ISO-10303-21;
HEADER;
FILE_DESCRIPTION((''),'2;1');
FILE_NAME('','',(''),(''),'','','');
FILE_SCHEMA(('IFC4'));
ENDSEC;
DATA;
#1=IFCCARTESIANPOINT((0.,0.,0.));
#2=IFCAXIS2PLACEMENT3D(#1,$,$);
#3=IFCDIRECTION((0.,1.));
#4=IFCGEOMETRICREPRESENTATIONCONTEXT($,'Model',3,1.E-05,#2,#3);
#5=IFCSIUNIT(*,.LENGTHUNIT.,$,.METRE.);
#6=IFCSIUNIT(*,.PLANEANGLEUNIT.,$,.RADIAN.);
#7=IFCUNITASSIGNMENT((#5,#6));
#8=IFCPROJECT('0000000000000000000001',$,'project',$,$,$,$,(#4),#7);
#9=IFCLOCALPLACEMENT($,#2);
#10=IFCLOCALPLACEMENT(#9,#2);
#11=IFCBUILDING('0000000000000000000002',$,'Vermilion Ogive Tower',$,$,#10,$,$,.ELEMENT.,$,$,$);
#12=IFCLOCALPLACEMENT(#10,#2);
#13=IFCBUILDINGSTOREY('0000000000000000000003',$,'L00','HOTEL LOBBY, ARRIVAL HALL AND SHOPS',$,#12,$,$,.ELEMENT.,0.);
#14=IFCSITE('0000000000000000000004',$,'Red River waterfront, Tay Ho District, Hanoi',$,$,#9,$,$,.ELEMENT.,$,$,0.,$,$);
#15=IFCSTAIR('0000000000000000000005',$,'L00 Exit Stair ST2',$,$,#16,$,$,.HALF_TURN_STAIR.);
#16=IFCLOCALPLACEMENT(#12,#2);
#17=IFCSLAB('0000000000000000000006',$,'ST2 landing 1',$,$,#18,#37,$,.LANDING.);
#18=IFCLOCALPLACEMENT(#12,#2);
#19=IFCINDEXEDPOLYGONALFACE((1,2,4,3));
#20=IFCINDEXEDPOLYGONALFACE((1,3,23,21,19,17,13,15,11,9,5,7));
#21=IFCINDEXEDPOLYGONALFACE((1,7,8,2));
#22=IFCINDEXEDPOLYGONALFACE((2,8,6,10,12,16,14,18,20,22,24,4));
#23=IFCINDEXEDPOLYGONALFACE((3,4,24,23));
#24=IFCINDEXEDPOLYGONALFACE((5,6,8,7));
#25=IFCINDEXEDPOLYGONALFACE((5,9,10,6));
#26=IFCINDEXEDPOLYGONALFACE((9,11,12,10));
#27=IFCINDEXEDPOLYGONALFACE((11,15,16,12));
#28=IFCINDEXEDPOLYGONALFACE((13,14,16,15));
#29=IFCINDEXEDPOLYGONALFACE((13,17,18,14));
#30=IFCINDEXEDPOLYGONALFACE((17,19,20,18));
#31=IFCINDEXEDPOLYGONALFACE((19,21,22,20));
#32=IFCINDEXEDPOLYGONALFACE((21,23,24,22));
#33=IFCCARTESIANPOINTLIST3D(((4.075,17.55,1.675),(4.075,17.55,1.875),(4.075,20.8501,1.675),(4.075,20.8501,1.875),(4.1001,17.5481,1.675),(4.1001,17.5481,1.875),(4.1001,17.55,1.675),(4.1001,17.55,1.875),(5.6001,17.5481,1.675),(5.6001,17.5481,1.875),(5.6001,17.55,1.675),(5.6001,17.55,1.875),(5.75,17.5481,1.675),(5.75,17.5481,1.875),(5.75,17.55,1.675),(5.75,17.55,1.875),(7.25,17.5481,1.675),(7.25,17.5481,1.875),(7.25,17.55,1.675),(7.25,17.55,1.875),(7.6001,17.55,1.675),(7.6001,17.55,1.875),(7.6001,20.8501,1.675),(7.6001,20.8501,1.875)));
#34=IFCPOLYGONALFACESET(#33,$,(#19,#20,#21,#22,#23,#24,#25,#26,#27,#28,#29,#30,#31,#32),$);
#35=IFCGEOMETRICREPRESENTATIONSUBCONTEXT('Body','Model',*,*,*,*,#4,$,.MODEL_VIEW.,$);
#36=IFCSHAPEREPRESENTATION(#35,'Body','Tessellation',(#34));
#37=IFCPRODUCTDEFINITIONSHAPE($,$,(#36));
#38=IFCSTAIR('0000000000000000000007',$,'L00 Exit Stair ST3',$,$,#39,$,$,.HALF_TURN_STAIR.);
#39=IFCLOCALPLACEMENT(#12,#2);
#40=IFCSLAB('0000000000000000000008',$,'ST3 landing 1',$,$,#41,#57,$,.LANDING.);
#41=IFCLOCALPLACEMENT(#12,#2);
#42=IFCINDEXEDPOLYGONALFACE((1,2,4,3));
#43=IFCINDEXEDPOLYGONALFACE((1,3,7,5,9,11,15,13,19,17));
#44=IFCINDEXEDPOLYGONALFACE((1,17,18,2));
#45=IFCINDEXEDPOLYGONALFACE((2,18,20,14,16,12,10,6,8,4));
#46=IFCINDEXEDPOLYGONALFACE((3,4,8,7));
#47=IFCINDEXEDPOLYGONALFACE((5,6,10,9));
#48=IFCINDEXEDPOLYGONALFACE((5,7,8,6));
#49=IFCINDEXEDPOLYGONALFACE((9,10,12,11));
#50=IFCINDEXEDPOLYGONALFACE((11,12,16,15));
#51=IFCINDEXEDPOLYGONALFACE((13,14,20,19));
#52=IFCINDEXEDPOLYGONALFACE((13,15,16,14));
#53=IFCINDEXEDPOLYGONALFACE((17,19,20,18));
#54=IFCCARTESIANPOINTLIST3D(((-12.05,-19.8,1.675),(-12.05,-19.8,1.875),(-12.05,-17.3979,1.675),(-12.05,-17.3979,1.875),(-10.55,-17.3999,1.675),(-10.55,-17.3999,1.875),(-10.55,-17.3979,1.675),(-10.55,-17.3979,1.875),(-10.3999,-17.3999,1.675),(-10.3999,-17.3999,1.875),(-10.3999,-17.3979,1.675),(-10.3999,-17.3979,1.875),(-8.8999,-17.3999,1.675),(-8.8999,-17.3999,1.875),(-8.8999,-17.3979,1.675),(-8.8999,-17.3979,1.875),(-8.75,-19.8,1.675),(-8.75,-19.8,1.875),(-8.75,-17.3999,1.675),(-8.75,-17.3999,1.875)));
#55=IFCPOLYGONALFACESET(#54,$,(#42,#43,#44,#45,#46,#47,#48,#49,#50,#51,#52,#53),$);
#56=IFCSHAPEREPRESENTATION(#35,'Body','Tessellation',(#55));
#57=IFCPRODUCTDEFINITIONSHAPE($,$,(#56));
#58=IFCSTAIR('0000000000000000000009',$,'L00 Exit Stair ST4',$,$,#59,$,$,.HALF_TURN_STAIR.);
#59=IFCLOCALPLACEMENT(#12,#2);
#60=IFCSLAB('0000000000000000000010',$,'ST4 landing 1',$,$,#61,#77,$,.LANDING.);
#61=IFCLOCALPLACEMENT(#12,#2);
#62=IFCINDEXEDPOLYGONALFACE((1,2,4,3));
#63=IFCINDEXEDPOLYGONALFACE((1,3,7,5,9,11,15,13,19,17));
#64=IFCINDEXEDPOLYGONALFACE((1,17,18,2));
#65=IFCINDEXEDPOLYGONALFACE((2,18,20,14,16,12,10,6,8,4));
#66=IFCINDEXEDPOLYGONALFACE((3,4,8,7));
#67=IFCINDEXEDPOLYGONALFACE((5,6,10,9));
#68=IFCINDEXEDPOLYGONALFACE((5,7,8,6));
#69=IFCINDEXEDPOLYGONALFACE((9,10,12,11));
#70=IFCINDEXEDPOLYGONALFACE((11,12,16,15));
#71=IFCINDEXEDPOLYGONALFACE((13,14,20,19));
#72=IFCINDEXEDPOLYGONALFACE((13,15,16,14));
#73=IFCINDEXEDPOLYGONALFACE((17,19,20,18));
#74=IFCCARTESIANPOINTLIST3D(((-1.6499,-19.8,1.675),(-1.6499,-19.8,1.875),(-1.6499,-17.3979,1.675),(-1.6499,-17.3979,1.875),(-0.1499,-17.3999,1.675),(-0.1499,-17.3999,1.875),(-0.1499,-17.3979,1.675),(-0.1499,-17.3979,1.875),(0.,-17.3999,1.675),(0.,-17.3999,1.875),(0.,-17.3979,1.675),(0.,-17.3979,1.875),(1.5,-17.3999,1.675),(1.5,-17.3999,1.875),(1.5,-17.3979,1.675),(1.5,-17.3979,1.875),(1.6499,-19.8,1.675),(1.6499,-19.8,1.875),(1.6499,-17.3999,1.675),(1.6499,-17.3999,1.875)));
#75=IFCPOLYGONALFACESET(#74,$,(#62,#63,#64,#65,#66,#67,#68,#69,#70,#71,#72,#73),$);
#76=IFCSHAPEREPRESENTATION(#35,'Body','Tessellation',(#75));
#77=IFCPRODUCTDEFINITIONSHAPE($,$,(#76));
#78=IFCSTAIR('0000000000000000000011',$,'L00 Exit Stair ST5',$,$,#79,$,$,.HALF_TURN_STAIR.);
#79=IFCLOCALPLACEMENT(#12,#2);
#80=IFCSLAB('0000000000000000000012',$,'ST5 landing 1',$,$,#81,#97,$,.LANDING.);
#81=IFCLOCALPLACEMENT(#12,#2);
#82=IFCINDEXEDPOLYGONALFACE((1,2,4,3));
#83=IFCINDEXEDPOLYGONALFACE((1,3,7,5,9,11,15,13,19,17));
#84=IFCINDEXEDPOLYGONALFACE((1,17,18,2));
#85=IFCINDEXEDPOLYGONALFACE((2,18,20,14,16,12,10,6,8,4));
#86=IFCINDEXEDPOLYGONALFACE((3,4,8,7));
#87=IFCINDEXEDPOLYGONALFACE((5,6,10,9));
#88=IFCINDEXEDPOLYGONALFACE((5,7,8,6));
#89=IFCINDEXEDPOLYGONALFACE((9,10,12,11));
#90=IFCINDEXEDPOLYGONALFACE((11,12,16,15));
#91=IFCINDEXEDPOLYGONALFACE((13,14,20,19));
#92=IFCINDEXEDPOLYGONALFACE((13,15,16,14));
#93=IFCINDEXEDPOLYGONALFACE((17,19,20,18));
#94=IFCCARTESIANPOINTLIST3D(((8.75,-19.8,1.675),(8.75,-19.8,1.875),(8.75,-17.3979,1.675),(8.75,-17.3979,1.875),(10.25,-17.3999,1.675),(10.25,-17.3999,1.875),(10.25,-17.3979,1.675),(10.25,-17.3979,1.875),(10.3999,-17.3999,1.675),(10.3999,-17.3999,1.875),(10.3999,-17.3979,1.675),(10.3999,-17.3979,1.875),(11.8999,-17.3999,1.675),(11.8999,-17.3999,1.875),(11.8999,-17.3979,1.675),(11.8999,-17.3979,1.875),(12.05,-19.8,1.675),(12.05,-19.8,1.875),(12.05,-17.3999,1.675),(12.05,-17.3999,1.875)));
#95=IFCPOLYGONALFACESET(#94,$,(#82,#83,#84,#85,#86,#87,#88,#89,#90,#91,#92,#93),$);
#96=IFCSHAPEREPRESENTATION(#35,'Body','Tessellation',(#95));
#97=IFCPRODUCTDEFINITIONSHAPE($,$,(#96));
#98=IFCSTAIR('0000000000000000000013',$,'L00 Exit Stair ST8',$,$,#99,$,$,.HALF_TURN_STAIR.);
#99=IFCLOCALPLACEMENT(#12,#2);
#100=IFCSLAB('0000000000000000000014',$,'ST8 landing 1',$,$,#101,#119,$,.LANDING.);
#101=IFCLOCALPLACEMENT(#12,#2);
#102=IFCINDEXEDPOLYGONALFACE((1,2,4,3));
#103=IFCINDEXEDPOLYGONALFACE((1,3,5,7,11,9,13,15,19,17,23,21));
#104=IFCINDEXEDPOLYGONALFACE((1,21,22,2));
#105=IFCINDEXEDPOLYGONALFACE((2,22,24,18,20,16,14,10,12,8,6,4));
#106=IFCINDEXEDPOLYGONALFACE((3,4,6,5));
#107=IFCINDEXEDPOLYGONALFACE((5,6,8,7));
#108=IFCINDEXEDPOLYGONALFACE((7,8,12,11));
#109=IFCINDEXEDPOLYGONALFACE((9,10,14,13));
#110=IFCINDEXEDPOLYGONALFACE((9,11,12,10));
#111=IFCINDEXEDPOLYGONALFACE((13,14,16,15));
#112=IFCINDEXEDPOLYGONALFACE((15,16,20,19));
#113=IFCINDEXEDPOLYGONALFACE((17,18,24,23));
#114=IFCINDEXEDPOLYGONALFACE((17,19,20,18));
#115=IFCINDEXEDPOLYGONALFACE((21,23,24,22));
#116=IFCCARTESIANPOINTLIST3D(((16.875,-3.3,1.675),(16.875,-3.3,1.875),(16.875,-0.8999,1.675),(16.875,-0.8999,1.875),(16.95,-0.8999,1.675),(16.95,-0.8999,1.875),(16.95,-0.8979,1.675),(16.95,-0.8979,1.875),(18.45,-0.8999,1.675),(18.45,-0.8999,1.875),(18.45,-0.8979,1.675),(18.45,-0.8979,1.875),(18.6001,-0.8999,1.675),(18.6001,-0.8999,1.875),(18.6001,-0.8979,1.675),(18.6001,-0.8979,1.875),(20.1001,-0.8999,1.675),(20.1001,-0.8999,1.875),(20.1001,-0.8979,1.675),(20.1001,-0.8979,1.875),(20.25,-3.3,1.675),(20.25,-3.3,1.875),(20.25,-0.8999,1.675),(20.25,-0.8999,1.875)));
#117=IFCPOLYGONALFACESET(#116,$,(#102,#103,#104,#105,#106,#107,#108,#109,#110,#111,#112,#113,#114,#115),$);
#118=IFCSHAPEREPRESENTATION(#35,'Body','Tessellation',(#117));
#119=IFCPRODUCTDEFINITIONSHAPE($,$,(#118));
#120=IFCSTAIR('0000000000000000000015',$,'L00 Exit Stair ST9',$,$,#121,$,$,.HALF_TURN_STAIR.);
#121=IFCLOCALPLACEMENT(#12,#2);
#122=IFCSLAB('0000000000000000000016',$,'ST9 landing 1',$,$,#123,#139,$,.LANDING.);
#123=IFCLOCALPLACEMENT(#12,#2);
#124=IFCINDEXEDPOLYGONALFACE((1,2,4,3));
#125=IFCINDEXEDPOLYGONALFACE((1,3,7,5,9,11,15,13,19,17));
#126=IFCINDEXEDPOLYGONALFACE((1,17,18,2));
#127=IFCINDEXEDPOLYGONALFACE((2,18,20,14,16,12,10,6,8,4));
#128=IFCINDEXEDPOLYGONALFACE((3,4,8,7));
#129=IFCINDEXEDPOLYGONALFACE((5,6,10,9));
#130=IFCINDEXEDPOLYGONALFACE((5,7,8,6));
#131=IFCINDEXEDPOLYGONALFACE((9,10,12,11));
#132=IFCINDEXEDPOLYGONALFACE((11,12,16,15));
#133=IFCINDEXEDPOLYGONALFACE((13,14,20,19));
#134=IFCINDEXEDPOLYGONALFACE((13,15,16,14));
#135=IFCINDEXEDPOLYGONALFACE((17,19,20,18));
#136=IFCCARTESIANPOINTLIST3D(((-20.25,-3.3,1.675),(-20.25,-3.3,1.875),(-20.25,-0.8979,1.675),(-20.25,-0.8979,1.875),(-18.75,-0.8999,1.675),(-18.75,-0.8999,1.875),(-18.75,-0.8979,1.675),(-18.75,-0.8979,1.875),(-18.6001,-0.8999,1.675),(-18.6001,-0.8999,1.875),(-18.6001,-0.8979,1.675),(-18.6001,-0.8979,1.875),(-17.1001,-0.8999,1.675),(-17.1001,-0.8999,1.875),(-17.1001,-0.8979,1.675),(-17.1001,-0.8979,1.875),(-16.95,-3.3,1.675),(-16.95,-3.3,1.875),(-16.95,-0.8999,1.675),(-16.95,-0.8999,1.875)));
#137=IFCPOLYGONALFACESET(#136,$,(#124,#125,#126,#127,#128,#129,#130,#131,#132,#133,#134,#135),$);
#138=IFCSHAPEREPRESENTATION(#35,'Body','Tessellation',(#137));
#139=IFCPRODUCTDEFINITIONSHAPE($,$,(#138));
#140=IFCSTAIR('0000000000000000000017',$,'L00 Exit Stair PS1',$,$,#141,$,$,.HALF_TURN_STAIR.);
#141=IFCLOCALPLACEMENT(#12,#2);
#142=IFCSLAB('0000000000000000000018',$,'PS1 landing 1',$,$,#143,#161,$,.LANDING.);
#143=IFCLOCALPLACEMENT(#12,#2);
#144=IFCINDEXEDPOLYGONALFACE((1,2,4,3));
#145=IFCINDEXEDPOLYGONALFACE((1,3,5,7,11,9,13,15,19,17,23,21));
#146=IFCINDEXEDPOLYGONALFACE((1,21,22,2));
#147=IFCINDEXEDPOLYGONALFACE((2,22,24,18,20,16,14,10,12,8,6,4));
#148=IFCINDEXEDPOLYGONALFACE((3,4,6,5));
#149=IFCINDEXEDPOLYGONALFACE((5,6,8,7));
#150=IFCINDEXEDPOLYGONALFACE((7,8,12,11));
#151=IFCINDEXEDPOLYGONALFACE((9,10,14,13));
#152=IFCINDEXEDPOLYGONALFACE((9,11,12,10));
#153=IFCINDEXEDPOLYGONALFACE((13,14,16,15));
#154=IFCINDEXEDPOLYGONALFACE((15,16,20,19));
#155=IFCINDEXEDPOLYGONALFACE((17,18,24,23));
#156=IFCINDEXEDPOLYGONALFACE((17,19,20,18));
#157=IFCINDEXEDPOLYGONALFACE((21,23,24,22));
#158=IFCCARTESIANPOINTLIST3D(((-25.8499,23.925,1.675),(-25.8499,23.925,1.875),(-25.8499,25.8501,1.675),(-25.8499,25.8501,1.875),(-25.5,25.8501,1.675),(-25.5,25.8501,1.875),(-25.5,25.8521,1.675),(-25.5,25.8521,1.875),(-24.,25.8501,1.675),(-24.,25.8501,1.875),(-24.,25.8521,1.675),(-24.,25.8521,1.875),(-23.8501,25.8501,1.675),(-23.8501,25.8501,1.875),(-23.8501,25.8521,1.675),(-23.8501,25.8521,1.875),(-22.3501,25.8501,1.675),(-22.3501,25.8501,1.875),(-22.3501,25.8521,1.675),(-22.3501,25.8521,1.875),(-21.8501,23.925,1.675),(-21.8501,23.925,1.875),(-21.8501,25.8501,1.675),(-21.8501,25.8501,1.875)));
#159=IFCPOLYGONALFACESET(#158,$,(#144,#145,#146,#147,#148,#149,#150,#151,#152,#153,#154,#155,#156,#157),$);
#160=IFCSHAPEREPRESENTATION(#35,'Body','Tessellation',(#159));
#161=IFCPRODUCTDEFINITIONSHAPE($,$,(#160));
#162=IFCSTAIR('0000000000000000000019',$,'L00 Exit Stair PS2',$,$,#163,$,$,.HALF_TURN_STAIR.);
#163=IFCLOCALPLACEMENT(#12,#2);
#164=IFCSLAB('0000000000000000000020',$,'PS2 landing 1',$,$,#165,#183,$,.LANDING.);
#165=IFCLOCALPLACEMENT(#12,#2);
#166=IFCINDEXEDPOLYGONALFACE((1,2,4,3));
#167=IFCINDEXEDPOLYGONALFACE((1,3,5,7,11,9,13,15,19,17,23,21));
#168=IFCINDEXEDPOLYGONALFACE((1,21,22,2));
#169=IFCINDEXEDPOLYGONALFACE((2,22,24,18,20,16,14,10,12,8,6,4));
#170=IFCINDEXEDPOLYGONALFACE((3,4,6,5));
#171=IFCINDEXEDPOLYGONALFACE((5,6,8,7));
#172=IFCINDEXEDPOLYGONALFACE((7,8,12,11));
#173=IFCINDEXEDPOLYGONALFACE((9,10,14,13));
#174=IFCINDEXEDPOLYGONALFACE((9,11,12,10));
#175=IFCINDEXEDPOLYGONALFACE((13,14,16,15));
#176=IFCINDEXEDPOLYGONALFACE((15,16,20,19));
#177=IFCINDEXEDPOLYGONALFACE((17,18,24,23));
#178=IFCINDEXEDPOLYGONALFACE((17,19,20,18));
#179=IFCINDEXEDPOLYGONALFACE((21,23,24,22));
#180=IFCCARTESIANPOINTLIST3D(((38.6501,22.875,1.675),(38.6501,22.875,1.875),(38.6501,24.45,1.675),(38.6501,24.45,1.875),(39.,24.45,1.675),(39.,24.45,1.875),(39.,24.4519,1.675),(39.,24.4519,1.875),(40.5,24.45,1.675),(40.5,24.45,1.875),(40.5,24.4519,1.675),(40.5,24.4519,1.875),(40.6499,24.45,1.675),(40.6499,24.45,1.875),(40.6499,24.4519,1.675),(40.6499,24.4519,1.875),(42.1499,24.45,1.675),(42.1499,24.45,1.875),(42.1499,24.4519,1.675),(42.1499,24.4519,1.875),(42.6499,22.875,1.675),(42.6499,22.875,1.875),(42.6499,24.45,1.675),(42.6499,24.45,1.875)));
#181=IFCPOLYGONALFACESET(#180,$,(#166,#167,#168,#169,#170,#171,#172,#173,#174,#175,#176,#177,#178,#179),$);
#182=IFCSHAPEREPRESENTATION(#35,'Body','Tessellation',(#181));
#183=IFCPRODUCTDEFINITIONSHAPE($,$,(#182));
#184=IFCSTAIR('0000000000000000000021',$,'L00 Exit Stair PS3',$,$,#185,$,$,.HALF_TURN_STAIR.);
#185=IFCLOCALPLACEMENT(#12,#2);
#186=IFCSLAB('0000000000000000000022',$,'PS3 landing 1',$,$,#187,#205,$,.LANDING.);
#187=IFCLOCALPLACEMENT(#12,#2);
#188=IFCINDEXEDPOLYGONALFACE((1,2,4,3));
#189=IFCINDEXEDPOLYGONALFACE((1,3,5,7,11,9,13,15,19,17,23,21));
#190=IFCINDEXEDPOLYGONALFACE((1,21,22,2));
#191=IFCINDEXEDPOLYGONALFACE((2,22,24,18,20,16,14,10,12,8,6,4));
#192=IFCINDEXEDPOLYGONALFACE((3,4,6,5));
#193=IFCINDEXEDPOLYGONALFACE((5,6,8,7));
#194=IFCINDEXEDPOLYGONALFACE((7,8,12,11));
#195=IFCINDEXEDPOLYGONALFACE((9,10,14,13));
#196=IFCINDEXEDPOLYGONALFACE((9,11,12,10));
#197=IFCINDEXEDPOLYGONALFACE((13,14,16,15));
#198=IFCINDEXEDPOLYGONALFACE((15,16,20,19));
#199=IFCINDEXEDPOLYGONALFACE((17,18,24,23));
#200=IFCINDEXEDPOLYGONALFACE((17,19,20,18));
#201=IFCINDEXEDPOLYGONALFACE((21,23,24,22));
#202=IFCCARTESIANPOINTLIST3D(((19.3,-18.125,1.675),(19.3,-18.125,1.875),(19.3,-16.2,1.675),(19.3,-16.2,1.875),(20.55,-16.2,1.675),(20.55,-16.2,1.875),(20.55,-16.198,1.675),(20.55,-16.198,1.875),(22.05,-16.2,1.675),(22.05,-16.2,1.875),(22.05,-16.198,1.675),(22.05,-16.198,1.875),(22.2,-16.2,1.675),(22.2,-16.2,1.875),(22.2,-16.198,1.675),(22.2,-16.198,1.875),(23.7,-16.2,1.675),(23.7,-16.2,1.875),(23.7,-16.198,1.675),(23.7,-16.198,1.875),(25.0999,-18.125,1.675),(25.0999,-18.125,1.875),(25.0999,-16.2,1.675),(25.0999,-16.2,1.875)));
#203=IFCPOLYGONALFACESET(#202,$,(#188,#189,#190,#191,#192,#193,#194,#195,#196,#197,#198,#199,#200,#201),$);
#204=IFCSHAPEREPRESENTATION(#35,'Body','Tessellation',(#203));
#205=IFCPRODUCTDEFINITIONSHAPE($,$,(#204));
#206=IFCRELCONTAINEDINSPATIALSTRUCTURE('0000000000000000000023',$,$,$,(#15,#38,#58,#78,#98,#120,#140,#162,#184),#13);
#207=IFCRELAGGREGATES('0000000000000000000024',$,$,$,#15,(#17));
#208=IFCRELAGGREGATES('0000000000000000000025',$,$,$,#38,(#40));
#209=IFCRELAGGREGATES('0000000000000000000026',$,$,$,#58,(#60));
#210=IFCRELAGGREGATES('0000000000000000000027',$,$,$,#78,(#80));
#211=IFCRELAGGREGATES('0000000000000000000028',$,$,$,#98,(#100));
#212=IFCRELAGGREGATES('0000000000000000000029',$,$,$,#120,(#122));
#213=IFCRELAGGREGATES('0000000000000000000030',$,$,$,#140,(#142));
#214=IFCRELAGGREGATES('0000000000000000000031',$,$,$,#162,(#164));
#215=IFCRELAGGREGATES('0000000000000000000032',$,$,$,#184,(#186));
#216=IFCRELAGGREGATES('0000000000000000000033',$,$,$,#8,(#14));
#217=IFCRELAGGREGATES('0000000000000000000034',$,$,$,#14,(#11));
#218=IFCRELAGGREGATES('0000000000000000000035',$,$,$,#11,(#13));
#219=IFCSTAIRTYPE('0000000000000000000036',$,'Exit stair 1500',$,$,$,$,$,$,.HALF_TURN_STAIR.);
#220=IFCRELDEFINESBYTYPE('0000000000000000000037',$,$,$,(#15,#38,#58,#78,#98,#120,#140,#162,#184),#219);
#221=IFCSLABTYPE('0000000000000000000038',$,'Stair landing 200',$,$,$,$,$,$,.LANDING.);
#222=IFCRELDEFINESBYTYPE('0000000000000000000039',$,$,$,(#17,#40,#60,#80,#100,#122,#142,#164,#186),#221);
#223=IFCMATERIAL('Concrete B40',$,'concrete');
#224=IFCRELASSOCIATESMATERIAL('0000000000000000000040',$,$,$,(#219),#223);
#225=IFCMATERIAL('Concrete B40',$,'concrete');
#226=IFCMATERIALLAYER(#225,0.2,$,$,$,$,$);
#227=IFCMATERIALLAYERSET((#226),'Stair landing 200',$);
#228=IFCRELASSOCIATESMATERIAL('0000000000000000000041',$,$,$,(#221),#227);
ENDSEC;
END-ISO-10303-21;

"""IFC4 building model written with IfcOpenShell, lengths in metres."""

from ifc_helpers import new_model, si_unit, direction, frame, origin, place, context, subcontext, project, spatial, polyline, outline, extrude, material, layer, layer_set, type_object, element, aggregate, save


model = new_model("IFC4")

# Units and contexts
model_context = context("Model", 3, precision=1e-05, world=origin(), true_north=direction((0.0, 1.0)))
body_context = subcontext(model_context, "Body", "Model", "MODEL_VIEW")
ifc_project = project(units=[si_unit("LENGTHUNIT", "METRE"), si_unit("PLANEANGLEUNIT", "RADIAN")], contexts=[model_context])

# Site, building, storey
site_placement = place(None, origin())
site = spatial("IfcSite", under=ifc_project, at=site_placement, Name="Red River waterfront, Tay Ho District, Hanoi", CompositionType="ELEMENT", RefElevation=0.0)
building_placement = place(site_placement, origin())
building = spatial("IfcBuilding", under=site, at=building_placement, Name="Vermilion Ogive Tower", CompositionType="ELEMENT")
storey_placement = place(building_placement, origin())
storey = spatial("IfcBuildingStorey", under=building, at=storey_placement, Name="L00", Description="HOTEL LOBBY, ARRIVAL HALL AND SHOPS", CompositionType="ELEMENT", Elevation=0.0)

# Stairs, slabs
ifc_material_1 = material(Name="Concrete B40", Category="concrete")
stair_type = type_object("IfcStairType", Name="Exit stair 1500", PredefinedType="HALF_TURN_STAIR", material=ifc_material_1)
ifc_material_2 = material(Name="Concrete B40", Category="concrete")
ifc_layer_1 = layer(ifc_material_2, 0.2)
ifc_layer_set_1 = layer_set([ifc_layer_1], Name="Stair landing 200")
slab_type = type_object("IfcSlabType", Name="Stair landing 200", PredefinedType="LANDING", material=ifc_layer_set_1)
stair_1_placement = place(storey_placement, origin())
stair_1 = element("IfcStair", 1, at=stair_1_placement, inside=storey, type_object=stair_type, Name="L00 Exit Stair ST2", PredefinedType="HALF_TURN_STAIR")
slab_1_placement = place(storey_placement, frame((0.0, 0.0, 1.675)))
slab_1 = element("IfcSlab", 2, at=slab_1_placement, type_object=slab_type, Name="ST2 landing 1", PredefinedType="LANDING", context=body_context, shape_type="SweptSolid", body=[
    extrude(outline(polyline([(5.6001, 17.55), (5.75, 17.55), (5.75, 17.5481), (7.25, 17.5481), (7.25, 17.55), (7.6001, 17.55), (7.6001, 20.8501), (4.075, 20.8501), (4.075, 17.55), (4.1001, 17.55), (4.1001, 17.5481), (5.6001, 17.5481), (5.6001, 17.55)])), origin(), (0.0, 0.0, 1.0), 0.2),
])
aggregate(stair_1, [slab_1])
stair_2_placement = place(storey_placement, origin())
stair_2 = element("IfcStair", 3, at=stair_2_placement, inside=storey, type_object=stair_type, Name="L00 Exit Stair ST3", PredefinedType="HALF_TURN_STAIR")
slab_2_placement = place(storey_placement, frame((0.0, 0.0, 1.675)))
slab_2 = element("IfcSlab", 4, at=slab_2_placement, type_object=slab_type, Name="ST3 landing 1", PredefinedType="LANDING", context=body_context, shape_type="SweptSolid", body=[
    extrude(outline(polyline([(-8.75, -17.3999), (-8.8999, -17.3999), (-8.8999, -17.3979), (-10.3999, -17.3979), (-10.3999, -17.3999), (-10.55, -17.3999), (-10.55, -17.3979), (-12.05, -17.3979), (-12.05, -19.8), (-8.75, -19.8), (-8.75, -17.3999)])), origin(), (0.0, 0.0, 1.0), 0.2),
])
aggregate(stair_2, [slab_2])
stair_3_placement = place(storey_placement, origin())
stair_3 = element("IfcStair", 5, at=stair_3_placement, inside=storey, type_object=stair_type, Name="L00 Exit Stair ST4", PredefinedType="HALF_TURN_STAIR")
slab_3_placement = place(storey_placement, frame((0.0, 0.0, 1.675)))
slab_3 = element("IfcSlab", 6, at=slab_3_placement, type_object=slab_type, Name="ST4 landing 1", PredefinedType="LANDING", context=body_context, shape_type="SweptSolid", body=[
    extrude(outline(polyline([(1.6499, -17.3999), (1.5, -17.3999), (1.5, -17.3979), (0.0, -17.3979), (0.0, -17.3999), (-0.1499, -17.3999), (-0.1499, -17.3979), (-1.6499, -17.3979), (-1.6499, -19.8), (1.6499, -19.8), (1.6499, -17.3999)])), origin(), (0.0, 0.0, 1.0), 0.2),
])
aggregate(stair_3, [slab_3])
stair_4_placement = place(storey_placement, origin())
stair_4 = element("IfcStair", 7, at=stair_4_placement, inside=storey, type_object=stair_type, Name="L00 Exit Stair ST5", PredefinedType="HALF_TURN_STAIR")
slab_4_placement = place(storey_placement, frame((0.0, 0.0, 1.675)))
slab_4 = element("IfcSlab", 8, at=slab_4_placement, type_object=slab_type, Name="ST5 landing 1", PredefinedType="LANDING", context=body_context, shape_type="SweptSolid", body=[
    extrude(outline(polyline([(12.05, -17.3999), (11.8999, -17.3999), (11.8999, -17.3979), (10.3999, -17.3979), (10.3999, -17.3999), (10.25, -17.3999), (10.25, -17.3979), (8.75, -17.3979), (8.75, -19.8), (12.05, -19.8), (12.05, -17.3999)])), origin(), (0.0, 0.0, 1.0), 0.2),
])
aggregate(stair_4, [slab_4])
stair_5_placement = place(storey_placement, origin())
stair_5 = element("IfcStair", 9, at=stair_5_placement, inside=storey, type_object=stair_type, Name="L00 Exit Stair ST8", PredefinedType="HALF_TURN_STAIR")
slab_5_placement = place(storey_placement, frame((0.0, 0.0, 1.675)))
slab_5 = element("IfcSlab", 10, at=slab_5_placement, type_object=slab_type, Name="ST8 landing 1", PredefinedType="LANDING", context=body_context, shape_type="SweptSolid", body=[
    extrude(outline(polyline([(20.25, -0.8999), (20.1001, -0.8999), (20.1001, -0.8979), (18.6001, -0.8979), (18.6001, -0.8999), (18.45, -0.8999), (18.45, -0.8979), (16.95, -0.8979), (16.95, -0.8999), (16.875, -0.8999), (16.875, -3.3), (20.25, -3.3), (20.25, -0.8999)])), origin(), (0.0, 0.0, 1.0), 0.2),
])
aggregate(stair_5, [slab_5])
stair_6_placement = place(storey_placement, origin())
stair_6 = element("IfcStair", 11, at=stair_6_placement, inside=storey, type_object=stair_type, Name="L00 Exit Stair ST9", PredefinedType="HALF_TURN_STAIR")
slab_6_placement = place(storey_placement, frame((0.0, 0.0, 1.675)))
slab_6 = element("IfcSlab", 12, at=slab_6_placement, type_object=slab_type, Name="ST9 landing 1", PredefinedType="LANDING", context=body_context, shape_type="SweptSolid", body=[
    extrude(outline(polyline([(-16.95, -0.8999), (-17.1001, -0.8999), (-17.1001, -0.8979), (-18.6001, -0.8979), (-18.6001, -0.8999), (-18.75, -0.8999), (-18.75, -0.8979), (-20.25, -0.8979), (-20.25, -3.3), (-16.95, -3.3), (-16.95, -0.8999)])), origin(), (0.0, 0.0, 1.0), 0.2),
])
aggregate(stair_6, [slab_6])
stair_7_placement = place(storey_placement, origin())
stair_7 = element("IfcStair", 13, at=stair_7_placement, inside=storey, type_object=stair_type, Name="L00 Exit Stair PS1", PredefinedType="HALF_TURN_STAIR")
slab_7_placement = place(storey_placement, frame((0.0, 0.0, 1.675)))
slab_7 = element("IfcSlab", 14, at=slab_7_placement, type_object=slab_type, Name="PS1 landing 1", PredefinedType="LANDING", context=body_context, shape_type="SweptSolid", body=[
    extrude(outline(polyline([(-21.8501, 25.8501), (-22.3501, 25.8501), (-22.3501, 25.8521), (-23.8501, 25.8521), (-23.8501, 25.8501), (-24.0, 25.8501), (-24.0, 25.8521), (-25.5, 25.8521), (-25.5, 25.8501), (-25.8499, 25.8501), (-25.8499, 23.925), (-21.8501, 23.925), (-21.8501, 25.8501)])), origin(), (0.0, 0.0, 1.0), 0.2),
])
aggregate(stair_7, [slab_7])
stair_8_placement = place(storey_placement, origin())
stair_8 = element("IfcStair", 15, at=stair_8_placement, inside=storey, type_object=stair_type, Name="L00 Exit Stair PS2", PredefinedType="HALF_TURN_STAIR")
slab_8_placement = place(storey_placement, frame((0.0, 0.0, 1.675)))
slab_8 = element("IfcSlab", 16, at=slab_8_placement, type_object=slab_type, Name="PS2 landing 1", PredefinedType="LANDING", context=body_context, shape_type="SweptSolid", body=[
    extrude(outline(polyline([(42.6499, 24.45), (42.1499, 24.45), (42.1499, 24.4519), (40.6499, 24.4519), (40.6499, 24.45), (40.5, 24.45), (40.5, 24.4519), (39.0, 24.4519), (39.0, 24.45), (38.6501, 24.45), (38.6501, 22.875), (42.6499, 22.875), (42.6499, 24.45)])), origin(), (0.0, 0.0, 1.0), 0.2),
])
aggregate(stair_8, [slab_8])
stair_9_placement = place(storey_placement, origin())
stair_9 = element("IfcStair", 17, at=stair_9_placement, inside=storey, type_object=stair_type, Name="L00 Exit Stair PS3", PredefinedType="HALF_TURN_STAIR")
slab_9_placement = place(storey_placement, frame((0.0, 0.0, 1.675)))
slab_9 = element("IfcSlab", 18, at=slab_9_placement, type_object=slab_type, Name="PS3 landing 1", PredefinedType="LANDING", context=body_context, shape_type="SweptSolid", body=[
    extrude(outline(polyline([(25.0999, -16.2), (23.7, -16.2), (23.7, -16.198), (22.2, -16.198), (22.2, -16.2), (22.05, -16.2), (22.05, -16.198), (20.55, -16.198), (20.55, -16.2), (19.3, -16.2), (19.3, -18.125), (25.0999, -18.125), (25.0999, -16.2)])), origin(), (0.0, 0.0, 1.0), 0.2),
])
aggregate(stair_9, [slab_9])

save(model, "model.ifc")
